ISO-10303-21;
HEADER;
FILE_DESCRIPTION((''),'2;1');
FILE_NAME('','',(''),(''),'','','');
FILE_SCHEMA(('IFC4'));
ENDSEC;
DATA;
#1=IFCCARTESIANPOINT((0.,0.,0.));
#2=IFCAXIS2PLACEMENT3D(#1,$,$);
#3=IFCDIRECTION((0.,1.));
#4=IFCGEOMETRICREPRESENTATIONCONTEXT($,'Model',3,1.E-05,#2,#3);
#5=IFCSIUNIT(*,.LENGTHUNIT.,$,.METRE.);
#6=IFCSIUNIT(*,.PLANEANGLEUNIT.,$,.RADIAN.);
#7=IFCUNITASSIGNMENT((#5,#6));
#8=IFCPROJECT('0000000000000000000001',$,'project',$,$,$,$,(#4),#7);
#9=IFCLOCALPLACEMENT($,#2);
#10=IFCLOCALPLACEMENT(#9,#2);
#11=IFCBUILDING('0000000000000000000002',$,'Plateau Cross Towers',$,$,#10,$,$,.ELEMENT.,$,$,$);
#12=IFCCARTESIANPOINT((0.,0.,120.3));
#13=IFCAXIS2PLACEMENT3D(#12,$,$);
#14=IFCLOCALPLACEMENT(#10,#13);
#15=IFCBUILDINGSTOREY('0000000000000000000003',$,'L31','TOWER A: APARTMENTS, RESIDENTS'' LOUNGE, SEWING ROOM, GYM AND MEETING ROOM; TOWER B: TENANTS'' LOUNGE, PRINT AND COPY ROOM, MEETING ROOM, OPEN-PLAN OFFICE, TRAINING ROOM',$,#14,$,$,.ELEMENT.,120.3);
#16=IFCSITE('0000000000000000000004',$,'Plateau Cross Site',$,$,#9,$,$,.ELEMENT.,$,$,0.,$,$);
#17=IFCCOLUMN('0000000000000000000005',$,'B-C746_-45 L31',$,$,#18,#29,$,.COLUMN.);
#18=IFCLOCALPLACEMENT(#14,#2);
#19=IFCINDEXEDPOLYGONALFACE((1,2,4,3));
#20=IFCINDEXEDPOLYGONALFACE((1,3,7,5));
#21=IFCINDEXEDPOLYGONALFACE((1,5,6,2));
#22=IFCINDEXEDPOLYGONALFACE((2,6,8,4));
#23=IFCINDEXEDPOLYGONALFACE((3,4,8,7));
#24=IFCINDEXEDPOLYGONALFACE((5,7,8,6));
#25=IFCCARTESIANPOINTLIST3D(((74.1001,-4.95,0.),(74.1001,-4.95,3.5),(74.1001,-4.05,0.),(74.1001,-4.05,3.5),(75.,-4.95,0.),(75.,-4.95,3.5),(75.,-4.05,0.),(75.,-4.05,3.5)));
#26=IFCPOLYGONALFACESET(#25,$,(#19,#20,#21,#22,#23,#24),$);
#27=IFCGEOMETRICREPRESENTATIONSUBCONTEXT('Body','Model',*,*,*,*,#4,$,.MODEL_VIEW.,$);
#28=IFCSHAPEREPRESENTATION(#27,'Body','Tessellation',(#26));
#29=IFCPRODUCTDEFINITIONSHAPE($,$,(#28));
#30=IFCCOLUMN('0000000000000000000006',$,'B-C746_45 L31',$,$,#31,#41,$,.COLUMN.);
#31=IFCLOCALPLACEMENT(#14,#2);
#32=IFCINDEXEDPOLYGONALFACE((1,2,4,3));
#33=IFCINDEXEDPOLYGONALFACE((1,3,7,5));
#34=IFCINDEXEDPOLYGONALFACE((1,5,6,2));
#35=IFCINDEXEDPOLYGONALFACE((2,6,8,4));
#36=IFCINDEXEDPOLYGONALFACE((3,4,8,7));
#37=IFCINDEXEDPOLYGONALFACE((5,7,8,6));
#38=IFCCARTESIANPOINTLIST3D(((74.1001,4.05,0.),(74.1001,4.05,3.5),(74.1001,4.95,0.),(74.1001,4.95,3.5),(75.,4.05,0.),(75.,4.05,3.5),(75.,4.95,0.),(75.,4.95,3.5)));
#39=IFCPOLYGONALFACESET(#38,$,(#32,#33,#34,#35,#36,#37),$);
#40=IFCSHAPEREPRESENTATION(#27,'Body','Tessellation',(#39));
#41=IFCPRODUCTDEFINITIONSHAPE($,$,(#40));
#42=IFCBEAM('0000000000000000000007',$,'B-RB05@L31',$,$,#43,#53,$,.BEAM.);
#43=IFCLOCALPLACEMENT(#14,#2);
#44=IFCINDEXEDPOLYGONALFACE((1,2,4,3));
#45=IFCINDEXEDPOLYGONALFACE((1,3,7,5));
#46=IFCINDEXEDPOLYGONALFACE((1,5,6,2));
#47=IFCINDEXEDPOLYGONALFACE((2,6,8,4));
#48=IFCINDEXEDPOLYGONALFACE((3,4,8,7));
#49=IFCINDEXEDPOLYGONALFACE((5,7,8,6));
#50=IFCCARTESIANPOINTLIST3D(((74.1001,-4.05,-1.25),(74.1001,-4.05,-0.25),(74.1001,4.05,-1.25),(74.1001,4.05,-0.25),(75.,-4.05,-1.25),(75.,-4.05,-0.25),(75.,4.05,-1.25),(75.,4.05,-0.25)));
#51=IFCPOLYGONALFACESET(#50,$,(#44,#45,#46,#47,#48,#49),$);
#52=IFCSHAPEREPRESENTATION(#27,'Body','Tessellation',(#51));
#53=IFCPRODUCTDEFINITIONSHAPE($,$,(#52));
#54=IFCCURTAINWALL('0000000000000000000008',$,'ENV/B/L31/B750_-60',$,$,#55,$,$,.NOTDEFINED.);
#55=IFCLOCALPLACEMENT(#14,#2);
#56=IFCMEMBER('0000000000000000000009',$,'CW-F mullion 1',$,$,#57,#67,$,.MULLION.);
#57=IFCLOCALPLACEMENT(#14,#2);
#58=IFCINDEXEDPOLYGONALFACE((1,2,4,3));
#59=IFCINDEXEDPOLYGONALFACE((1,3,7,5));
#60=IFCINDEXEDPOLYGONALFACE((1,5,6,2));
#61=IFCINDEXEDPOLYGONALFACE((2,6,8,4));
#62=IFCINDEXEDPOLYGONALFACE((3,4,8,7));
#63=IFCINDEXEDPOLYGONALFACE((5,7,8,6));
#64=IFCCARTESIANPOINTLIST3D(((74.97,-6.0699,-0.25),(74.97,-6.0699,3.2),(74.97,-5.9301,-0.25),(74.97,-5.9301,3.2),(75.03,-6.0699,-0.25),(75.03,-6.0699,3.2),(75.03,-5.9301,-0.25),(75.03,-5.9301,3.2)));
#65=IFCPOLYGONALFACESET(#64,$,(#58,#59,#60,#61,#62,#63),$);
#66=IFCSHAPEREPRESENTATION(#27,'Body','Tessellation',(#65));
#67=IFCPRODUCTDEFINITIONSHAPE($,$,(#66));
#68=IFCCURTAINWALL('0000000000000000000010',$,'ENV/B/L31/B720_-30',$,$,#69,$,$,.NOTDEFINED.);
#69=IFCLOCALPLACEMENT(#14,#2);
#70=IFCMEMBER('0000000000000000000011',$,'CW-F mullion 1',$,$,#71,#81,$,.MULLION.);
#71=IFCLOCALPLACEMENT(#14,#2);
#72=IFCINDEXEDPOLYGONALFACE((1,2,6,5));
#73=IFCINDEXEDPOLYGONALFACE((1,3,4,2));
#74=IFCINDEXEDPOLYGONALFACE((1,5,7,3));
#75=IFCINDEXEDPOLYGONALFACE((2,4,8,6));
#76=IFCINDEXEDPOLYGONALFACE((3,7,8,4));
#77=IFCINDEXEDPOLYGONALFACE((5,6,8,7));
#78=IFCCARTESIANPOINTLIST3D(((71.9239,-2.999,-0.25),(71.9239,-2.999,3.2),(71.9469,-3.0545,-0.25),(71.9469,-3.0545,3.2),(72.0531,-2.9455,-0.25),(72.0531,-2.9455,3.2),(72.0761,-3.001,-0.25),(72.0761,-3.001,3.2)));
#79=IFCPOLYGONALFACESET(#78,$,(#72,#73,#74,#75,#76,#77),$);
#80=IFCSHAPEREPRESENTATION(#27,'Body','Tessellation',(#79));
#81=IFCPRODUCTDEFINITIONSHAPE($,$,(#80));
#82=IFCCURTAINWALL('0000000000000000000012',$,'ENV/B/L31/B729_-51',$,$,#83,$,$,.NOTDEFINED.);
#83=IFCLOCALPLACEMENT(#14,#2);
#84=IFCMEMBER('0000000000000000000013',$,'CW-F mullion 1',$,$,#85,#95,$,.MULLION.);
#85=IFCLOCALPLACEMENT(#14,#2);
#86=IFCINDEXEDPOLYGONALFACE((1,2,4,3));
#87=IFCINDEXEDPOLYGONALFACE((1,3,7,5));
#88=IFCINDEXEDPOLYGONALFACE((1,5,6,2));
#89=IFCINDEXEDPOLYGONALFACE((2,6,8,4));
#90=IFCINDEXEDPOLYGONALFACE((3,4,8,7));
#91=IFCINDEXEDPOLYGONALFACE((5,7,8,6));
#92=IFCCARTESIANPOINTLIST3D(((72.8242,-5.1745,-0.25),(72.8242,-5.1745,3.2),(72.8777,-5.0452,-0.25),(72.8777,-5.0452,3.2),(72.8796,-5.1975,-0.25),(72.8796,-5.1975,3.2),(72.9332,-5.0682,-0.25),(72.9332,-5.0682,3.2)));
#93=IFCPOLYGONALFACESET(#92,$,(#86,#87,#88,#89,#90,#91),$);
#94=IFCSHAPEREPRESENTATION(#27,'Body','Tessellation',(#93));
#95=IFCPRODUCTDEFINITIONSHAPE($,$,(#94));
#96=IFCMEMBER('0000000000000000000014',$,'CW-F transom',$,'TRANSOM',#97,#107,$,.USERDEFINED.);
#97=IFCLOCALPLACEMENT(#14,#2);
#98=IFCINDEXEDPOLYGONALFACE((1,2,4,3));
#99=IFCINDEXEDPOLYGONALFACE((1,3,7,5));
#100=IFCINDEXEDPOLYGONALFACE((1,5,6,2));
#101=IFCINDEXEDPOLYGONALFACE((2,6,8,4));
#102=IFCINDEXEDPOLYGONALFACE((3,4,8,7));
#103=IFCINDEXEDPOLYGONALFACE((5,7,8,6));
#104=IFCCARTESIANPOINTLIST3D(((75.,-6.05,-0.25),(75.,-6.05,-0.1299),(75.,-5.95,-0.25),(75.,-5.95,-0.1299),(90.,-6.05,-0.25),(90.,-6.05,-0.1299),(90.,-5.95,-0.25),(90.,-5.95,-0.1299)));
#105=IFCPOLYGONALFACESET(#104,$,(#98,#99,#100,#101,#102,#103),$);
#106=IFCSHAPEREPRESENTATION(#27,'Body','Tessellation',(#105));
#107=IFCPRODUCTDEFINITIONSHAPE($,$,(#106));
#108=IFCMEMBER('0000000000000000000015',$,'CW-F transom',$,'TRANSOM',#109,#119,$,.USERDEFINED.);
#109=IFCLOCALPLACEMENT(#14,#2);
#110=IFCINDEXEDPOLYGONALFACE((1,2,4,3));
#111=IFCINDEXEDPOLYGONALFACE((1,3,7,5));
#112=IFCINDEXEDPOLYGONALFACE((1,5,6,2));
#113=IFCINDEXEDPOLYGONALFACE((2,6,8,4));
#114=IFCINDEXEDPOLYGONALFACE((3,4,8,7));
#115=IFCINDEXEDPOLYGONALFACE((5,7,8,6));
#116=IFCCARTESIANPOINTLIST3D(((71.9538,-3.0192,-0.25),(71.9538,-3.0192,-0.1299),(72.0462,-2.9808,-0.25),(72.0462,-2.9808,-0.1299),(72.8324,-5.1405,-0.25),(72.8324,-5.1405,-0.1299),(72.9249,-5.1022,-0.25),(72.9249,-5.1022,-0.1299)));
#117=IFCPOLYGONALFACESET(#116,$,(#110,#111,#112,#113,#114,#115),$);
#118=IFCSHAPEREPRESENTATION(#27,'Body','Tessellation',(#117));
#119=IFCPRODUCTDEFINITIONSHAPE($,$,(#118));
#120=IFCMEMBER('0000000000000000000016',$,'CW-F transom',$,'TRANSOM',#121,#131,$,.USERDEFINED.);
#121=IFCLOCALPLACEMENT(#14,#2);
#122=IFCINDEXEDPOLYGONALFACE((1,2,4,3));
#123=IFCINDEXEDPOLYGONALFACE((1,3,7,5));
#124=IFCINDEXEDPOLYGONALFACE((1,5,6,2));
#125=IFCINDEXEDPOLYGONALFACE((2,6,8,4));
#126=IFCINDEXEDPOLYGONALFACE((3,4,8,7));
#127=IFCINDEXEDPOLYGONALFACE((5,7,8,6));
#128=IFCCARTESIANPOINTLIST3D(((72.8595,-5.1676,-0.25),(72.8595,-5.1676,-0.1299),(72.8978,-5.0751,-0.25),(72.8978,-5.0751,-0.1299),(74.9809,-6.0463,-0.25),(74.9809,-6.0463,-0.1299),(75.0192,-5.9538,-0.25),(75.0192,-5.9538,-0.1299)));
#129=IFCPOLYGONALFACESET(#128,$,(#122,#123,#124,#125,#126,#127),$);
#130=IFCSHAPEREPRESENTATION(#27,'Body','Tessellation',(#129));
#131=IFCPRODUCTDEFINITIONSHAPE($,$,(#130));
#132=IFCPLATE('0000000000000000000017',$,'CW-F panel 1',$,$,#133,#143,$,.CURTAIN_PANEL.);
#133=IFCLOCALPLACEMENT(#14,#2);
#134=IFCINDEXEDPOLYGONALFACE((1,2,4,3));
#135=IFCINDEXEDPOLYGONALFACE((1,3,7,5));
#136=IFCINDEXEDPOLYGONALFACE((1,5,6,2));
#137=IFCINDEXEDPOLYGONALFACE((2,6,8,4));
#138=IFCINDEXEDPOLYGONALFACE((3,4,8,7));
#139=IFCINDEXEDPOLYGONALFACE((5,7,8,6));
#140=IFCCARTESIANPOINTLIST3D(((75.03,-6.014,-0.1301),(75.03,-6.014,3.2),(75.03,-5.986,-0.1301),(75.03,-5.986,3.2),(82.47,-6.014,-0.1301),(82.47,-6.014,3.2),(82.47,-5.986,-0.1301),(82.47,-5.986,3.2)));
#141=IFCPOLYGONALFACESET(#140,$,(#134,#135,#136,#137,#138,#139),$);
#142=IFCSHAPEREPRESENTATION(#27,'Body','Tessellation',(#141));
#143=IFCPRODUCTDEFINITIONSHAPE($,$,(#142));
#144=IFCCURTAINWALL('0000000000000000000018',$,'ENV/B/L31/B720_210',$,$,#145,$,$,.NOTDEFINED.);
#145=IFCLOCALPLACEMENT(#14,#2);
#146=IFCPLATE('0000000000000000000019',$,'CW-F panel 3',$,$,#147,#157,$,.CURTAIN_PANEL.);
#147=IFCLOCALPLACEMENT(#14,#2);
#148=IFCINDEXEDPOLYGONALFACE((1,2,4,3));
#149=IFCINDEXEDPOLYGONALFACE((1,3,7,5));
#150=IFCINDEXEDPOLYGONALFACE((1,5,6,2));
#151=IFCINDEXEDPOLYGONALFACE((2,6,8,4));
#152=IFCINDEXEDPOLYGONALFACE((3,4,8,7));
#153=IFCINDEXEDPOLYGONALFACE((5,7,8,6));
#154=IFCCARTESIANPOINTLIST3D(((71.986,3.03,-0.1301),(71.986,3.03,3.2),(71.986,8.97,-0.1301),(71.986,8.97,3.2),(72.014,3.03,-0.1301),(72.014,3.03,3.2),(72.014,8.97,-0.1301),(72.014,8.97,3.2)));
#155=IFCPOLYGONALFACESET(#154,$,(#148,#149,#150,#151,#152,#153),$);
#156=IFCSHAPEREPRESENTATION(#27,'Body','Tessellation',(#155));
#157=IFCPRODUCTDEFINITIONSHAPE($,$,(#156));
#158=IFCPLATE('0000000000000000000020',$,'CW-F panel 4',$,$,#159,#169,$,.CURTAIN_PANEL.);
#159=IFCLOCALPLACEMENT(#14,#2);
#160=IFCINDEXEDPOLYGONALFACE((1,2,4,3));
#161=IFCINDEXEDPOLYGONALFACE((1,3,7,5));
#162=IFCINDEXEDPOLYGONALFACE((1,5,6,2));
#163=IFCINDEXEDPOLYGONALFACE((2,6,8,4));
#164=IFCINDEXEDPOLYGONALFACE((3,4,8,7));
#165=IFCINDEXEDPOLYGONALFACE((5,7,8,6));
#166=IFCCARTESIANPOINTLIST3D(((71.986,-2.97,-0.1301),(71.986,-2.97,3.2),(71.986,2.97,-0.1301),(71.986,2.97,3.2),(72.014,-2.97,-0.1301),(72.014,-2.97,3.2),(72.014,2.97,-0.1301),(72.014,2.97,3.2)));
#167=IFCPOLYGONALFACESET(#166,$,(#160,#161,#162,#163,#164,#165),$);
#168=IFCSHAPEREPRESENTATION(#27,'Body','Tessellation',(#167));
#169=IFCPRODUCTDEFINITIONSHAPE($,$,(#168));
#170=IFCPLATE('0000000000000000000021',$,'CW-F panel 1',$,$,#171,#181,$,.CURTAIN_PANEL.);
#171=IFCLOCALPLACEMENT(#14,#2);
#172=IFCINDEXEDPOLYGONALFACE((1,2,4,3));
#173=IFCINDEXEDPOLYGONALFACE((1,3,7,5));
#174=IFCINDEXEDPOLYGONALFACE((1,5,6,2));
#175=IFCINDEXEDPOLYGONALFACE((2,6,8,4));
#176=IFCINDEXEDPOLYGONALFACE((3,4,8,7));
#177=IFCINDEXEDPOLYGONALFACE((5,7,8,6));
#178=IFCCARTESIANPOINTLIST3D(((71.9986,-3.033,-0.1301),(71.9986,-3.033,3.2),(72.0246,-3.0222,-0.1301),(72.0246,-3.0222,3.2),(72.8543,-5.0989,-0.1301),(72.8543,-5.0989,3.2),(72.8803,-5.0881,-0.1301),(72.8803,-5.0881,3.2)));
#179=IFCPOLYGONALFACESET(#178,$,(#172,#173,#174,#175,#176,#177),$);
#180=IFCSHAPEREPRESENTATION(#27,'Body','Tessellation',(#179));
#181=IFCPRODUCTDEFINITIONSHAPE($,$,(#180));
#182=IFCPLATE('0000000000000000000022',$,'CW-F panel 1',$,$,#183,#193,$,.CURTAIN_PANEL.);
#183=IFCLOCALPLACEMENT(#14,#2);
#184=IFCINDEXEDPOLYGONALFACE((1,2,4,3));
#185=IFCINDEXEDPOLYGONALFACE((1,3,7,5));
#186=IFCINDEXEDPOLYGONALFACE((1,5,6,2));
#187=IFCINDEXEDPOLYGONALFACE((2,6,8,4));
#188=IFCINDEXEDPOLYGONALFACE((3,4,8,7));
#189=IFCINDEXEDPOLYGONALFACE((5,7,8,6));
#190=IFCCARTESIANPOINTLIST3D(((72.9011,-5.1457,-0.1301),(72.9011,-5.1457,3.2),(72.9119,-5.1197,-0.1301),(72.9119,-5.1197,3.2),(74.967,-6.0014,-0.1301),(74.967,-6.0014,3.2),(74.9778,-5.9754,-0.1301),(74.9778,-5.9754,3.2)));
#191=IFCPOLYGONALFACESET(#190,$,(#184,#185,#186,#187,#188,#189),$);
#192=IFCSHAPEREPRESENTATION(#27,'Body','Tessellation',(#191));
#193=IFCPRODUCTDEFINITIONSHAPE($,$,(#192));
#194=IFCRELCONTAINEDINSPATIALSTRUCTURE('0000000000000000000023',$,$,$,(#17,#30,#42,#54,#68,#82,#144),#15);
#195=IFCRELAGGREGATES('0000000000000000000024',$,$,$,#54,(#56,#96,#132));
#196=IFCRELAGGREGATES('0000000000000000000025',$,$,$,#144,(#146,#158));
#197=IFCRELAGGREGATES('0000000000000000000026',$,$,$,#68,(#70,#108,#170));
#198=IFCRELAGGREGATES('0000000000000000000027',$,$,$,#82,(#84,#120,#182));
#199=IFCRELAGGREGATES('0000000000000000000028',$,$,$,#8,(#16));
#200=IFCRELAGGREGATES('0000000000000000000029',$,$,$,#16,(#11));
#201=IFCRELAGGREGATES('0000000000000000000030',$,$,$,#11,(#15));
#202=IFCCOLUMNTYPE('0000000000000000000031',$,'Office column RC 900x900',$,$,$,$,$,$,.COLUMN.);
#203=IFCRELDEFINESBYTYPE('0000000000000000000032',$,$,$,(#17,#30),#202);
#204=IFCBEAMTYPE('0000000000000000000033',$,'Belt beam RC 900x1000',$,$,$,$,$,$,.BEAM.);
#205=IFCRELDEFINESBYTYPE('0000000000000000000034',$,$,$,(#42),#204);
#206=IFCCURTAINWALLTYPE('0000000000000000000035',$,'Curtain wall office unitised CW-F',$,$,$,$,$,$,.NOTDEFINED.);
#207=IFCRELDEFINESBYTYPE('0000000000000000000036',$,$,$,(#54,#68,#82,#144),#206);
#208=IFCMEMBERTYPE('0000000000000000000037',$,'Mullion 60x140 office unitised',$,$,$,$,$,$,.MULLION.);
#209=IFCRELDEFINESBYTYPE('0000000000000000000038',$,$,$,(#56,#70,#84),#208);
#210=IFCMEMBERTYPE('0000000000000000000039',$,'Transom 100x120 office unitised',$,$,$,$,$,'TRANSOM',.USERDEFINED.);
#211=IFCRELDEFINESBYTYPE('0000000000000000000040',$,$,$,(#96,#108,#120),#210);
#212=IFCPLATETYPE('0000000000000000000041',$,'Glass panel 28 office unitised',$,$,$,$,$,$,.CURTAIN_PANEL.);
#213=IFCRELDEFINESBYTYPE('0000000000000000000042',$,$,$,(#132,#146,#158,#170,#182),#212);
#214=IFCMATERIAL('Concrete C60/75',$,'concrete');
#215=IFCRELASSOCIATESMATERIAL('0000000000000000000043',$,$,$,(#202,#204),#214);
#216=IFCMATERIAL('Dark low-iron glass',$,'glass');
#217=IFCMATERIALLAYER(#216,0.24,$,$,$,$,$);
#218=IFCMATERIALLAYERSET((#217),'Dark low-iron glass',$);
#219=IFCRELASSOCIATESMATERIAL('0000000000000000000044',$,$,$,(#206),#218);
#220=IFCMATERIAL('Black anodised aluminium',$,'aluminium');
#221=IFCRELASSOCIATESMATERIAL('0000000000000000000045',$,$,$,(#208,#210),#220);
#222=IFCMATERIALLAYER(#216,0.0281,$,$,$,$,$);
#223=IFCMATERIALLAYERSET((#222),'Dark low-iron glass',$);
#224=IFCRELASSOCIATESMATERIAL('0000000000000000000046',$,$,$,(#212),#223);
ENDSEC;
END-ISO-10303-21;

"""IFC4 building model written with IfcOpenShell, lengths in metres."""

from ifc_helpers import new_model, si_unit, direction, frame, origin, origin_2d, place, context, subcontext, project, spatial, rectangle, extrude, material, layer, layer_set, material_profile, profile_set, type_object, element, aggregate, save


model = new_model("IFC4")

# Units and contexts
model_context = context("Model", 3, precision=1e-05, world=origin(), true_north=direction((0.0, 1.0)))
body_context = subcontext(model_context, "Body", "Model", "MODEL_VIEW")
ifc_project = project(units=[si_unit("LENGTHUNIT", "METRE"), si_unit("PLANEANGLEUNIT", "RADIAN")], contexts=[model_context])

# Site, building, storey
site_placement = place(None, origin())
site = spatial("IfcSite", under=ifc_project, at=site_placement, Name="Plateau Cross Site", CompositionType="ELEMENT", RefElevation=0.0)
building_placement = place(site_placement, origin())
building = spatial("IfcBuilding", under=site, at=building_placement, Name="Plateau Cross Towers", CompositionType="ELEMENT")
storey_placement = place(building_placement, frame((0.0, 0.0, 120.3)))
storey = spatial("IfcBuildingStorey", under=building, at=storey_placement, Name="L31", Description="TOWER A: APARTMENTS, RESIDENTS' LOUNGE, SEWING ROOM, GYM AND MEETING ROOM; TOWER B: TENANTS' LOUNGE, PRINT AND COPY ROOM, MEETING ROOM, OPEN-PLAN OFFICE, TRAINING ROOM", CompositionType="ELEMENT", Elevation=120.3)

# Columns
ifc_material_1 = material(Name="Concrete C60/75", Category="concrete")
ifc_material_profile_1 = material_profile(ifc_material_1, rectangle(XDim=0.8999, YDim=0.8999, at=origin_2d()), Name="RC 900x900")
ifc_profile_set_1 = profile_set([ifc_material_profile_1], Name="Concrete C60/75")
column_type = type_object("IfcColumnType", Name="Office column RC 900x900", PredefinedType="COLUMN", material=ifc_profile_set_1)
for number, where, z_axis, x_axis, name in (
    (1, (74.55, -4.5, 0.0), (0.0, 0.0, 1.0), (1.0, 0.0, 0.0), "B-C746_-45 L31"),
    (2, (74.55, 4.5, 0.0), (0.0, 0.0, 1.0), (1.0, 0.0, 0.0), "B-C746_45 L31"),
):
    element("IfcColumn", number, at=place(storey_placement, frame(where, z_axis=z_axis, x_axis=x_axis)), inside=storey, type_object=column_type, Name=name, PredefinedType="COLUMN", context=body_context, shape_type="SweptSolid", body=[
        extrude(rectangle(XDim=0.8999, YDim=0.8999, at=origin_2d()), origin(), (0.0, 0.0, 1.0), 3.5),
    ])

# Beam
ifc_material_profile_2 = material_profile(ifc_material_1, rectangle(XDim=0.8999, YDim=1.0, at=origin_2d()), Name="RC 900x1000")
ifc_profile_set_2 = profile_set([ifc_material_profile_2], Name="Concrete C60/75")
beam_type = type_object("IfcBeamType", Name="Belt beam RC 900x1000", PredefinedType="BEAM", material=ifc_profile_set_2)
beam_placement = place(storey_placement, frame((74.55, 4.05, -0.75), z_axis=(0.0, -1.0, 0.0), x_axis=(1.0, 0.0, 0.0)))
element("IfcBeam", 3, at=beam_placement, inside=storey, type_object=beam_type, Name="B-RB05@L31", PredefinedType="BEAM", context=body_context, shape_type="SweptSolid", body=[
    extrude(rectangle(XDim=0.8999, YDim=1.0, at=origin_2d()), origin(), (0.0, 0.0, 1.0), 8.1001),
])

# Curtain walls, members
ifc_material_2 = material(Name="Dark low-iron glass", Category="glass")
ifc_layer_1 = layer(ifc_material_2, 0.24)
ifc_layer_set_1 = layer_set([ifc_layer_1], Name="Dark low-iron glass")
curtain_wall_type = type_object("IfcCurtainWallType", Name="Curtain wall office unitised CW-F", PredefinedType="NOTDEFINED", material=ifc_layer_set_1)
curtain_wall_1_placement = place(storey_placement, origin())
curtain_wall_1 = element("IfcCurtainWall", 4, at=curtain_wall_1_placement, inside=storey, type_object=curtain_wall_type, Name="ENV/B/L31/B750_-60", PredefinedType="NOTDEFINED")
ifc_material_3 = material(Name="Black anodised aluminium", Category="aluminium")
ifc_material_profile_3 = material_profile(ifc_material_3, rectangle(XDim=0.0601, YDim=0.1399, at=origin_2d()), Name="MULLION 60x140")
ifc_profile_set_3 = profile_set([ifc_material_profile_3], Name="Black anodised aluminium")
member_type_1 = type_object("IfcMemberType", Name="Mullion 60x140 office unitised", PredefinedType="MULLION", material=ifc_profile_set_3)
member_1_placement = place(storey_placement, frame((75.0, -6.0, -0.25), z_axis=(0.0, 0.0, 1.0), x_axis=(1.0, 0.0, 0.0)))
member_1 = element("IfcMember", 5, at=member_1_placement, type_object=member_type_1, Name="CW-F mullion 1", PredefinedType="MULLION", context=body_context, shape_type="SweptSolid", body=[
    extrude(rectangle(XDim=0.0601, YDim=0.1399, at=origin_2d()), origin(), (0.0, 0.0, 1.0), 3.45),
])
curtain_wall_2_placement = place(storey_placement, origin())
curtain_wall_2 = element("IfcCurtainWall", 6, at=curtain_wall_2_placement, inside=storey, type_object=curtain_wall_type, Name="ENV/B/L31/B720_-30", PredefinedType="NOTDEFINED")
member_2_placement = place(storey_placement, frame((72.0, -3.0, -0.25), z_axis=(0.0, 0.0, 1.0), x_axis=(0.382684, -0.923879, 0.0)))
member_2 = element("IfcMember", 7, at=member_2_placement, type_object=member_type_1, Name="CW-F mullion 1", PredefinedType="MULLION", context=body_context, shape_type="SweptSolid", body=[
    extrude(rectangle(XDim=0.0601, YDim=0.1399, at=origin_2d()), origin(), (0.0, 0.0, 1.0), 3.45),
])
curtain_wall_3_placement = place(storey_placement, origin())
curtain_wall_3 = element("IfcCurtainWall", 8, at=curtain_wall_3_placement, inside=storey, type_object=curtain_wall_type, Name="ENV/B/L31/B729_-51", PredefinedType="NOTDEFINED")
member_3_placement = place(storey_placement, frame((72.8787, -5.1213, -0.25), z_axis=(0.0, 0.0, 1.0), x_axis=(0.923879, -0.382684, 0.0)))
member_3 = element("IfcMember", 9, at=member_3_placement, type_object=member_type_1, Name="CW-F mullion 1", PredefinedType="MULLION", context=body_context, shape_type="SweptSolid", body=[
    extrude(rectangle(XDim=0.0601, YDim=0.1399, at=origin_2d()), origin(), (0.0, 0.0, 1.0), 3.45),
])

# Members
ifc_material_profile_4 = material_profile(ifc_material_3, rectangle(XDim=0.1001, YDim=0.1201, at=origin_2d()), Name="TRANSOM 100x120")
ifc_profile_set_4 = profile_set([ifc_material_profile_4], Name="Black anodised aluminium")
member_type_2 = type_object("IfcMemberType", Name="Transom 100x120 office unitised", ElementType="TRANSOM", PredefinedType="USERDEFINED", material=ifc_profile_set_4)
member_4_placement = place(storey_placement, frame((75.0, -6.0, -0.1899), z_axis=(1.0, 0.0, 0.0), x_axis=(0.0, 1.0, 0.0)))
member_4 = element("IfcMember", 10, at=member_4_placement, type_object=member_type_2, Name="CW-F transom", ObjectType="TRANSOM", PredefinedType="USERDEFINED", context=body_context, shape_type="SweptSolid", body=[
    extrude(rectangle(XDim=0.1001, YDim=0.1201, at=origin_2d()), origin(), (0.0, 0.0, 1.0), 15.0),
])
member_5_placement = place(storey_placement, frame((72.0, -3.0, -0.1899), z_axis=(0.382674, -0.923883, 0.0), x_axis=(0.923883, 0.382674, 0.0)))
member_5 = element("IfcMember", 11, at=member_5_placement, type_object=member_type_2, Name="CW-F transom", ObjectType="TRANSOM", PredefinedType="USERDEFINED", context=body_context, shape_type="SweptSolid", body=[
    extrude(rectangle(XDim=0.1001, YDim=0.1201, at=origin_2d()), origin(), (0.0, 0.0, 1.0), 2.2961),
])
member_6_placement = place(storey_placement, frame((72.8787, -5.1213, -0.1899), z_axis=(0.923883, -0.382674, 0.0), x_axis=(0.382674, 0.923883, 0.0)))
member_6 = element("IfcMember", 12, at=member_6_placement, type_object=member_type_2, Name="CW-F transom", ObjectType="TRANSOM", PredefinedType="USERDEFINED", context=body_context, shape_type="SweptSolid", body=[
    extrude(rectangle(XDim=0.1001, YDim=0.1201, at=origin_2d()), origin(), (0.0, 0.0, 1.0), 2.2961),
])

# Plate
ifc_layer_2 = layer(ifc_material_2, 0.0281)
ifc_layer_set_2 = layer_set([ifc_layer_2], Name="Dark low-iron glass")
plate_type = type_object("IfcPlateType", Name="Glass panel 28 office unitised", PredefinedType="CURTAIN_PANEL", material=ifc_layer_set_2)
plate_1_placement = place(storey_placement, frame((78.75, -6.0, -0.1301), z_axis=(0.0, 0.0, 1.0), x_axis=(1.0, 0.0, 0.0)))
plate_1 = element("IfcPlate", 13, at=plate_1_placement, type_object=plate_type, Name="CW-F panel 1", PredefinedType="CURTAIN_PANEL", context=body_context, shape_type="SweptSolid", body=[
    extrude(rectangle(XDim=7.4399, YDim=0.0281, at=origin_2d()), origin(), (0.0, 0.0, 1.0), 3.3301),
])
aggregate(curtain_wall_1, [member_1, member_4, plate_1])

# Curtain wall, plates
curtain_wall_4_placement = place(storey_placement, origin())
curtain_wall_4 = element("IfcCurtainWall", 14, at=curtain_wall_4_placement, inside=storey, type_object=curtain_wall_type, Name="ENV/B/L31/B720_210", PredefinedType="NOTDEFINED")
plate_2_placement = place(storey_placement, frame((72.0, 6.0, -0.1301), z_axis=(0.0, 0.0, 1.0), x_axis=(0.0, -1.0, 0.0)))
plate_2 = element("IfcPlate", 15, at=plate_2_placement, type_object=plate_type, Name="CW-F panel 3", PredefinedType="CURTAIN_PANEL", context=body_context, shape_type="SweptSolid", body=[
    extrude(rectangle(XDim=5.9399, YDim=0.0281, at=origin_2d()), origin(), (0.0, 0.0, 1.0), 3.3301),
])
plate_3_placement = place(storey_placement, frame((72.0, 0.0, -0.1301), z_axis=(0.0, 0.0, 1.0), x_axis=(0.0, -1.0, 0.0)))
plate_3 = element("IfcPlate", 16, at=plate_3_placement, type_object=plate_type, Name="CW-F panel 4", PredefinedType="CURTAIN_PANEL", context=body_context, shape_type="SweptSolid", body=[
    extrude(rectangle(XDim=5.9399, YDim=0.0281, at=origin_2d()), origin(), (0.0, 0.0, 1.0), 3.3301),
])
aggregate(curtain_wall_4, [plate_2, plate_3])

# Plates
plate_4_placement = place(storey_placement, frame((72.4395, -4.0605, -0.1301), z_axis=(0.0, 0.0, 1.0), x_axis=(0.382684, -0.923879, 0.0)))
plate_4 = element("IfcPlate", 17, at=plate_4_placement, type_object=plate_type, Name="CW-F panel 1", PredefinedType="CURTAIN_PANEL", context=body_context, shape_type="SweptSolid", body=[
    extrude(rectangle(XDim=2.2361, YDim=0.0281, at=origin_2d()), origin(), (0.0, 0.0, 1.0), 3.3301),
])
aggregate(curtain_wall_2, [member_2, member_5, plate_4])
plate_5_placement = place(storey_placement, frame((73.9395, -5.5605, -0.1301), z_axis=(0.0, 0.0, 1.0), x_axis=(0.923879, -0.382684, 0.0)))
plate_5 = element("IfcPlate", 18, at=plate_5_placement, type_object=plate_type, Name="CW-F panel 1", PredefinedType="CURTAIN_PANEL", context=body_context, shape_type="SweptSolid", body=[
    extrude(rectangle(XDim=2.2361, YDim=0.0281, at=origin_2d()), origin(), (0.0, 0.0, 1.0), 3.3301),
])
aggregate(curtain_wall_3, [member_3, member_6, plate_5])

save(model, "model.ifc")
